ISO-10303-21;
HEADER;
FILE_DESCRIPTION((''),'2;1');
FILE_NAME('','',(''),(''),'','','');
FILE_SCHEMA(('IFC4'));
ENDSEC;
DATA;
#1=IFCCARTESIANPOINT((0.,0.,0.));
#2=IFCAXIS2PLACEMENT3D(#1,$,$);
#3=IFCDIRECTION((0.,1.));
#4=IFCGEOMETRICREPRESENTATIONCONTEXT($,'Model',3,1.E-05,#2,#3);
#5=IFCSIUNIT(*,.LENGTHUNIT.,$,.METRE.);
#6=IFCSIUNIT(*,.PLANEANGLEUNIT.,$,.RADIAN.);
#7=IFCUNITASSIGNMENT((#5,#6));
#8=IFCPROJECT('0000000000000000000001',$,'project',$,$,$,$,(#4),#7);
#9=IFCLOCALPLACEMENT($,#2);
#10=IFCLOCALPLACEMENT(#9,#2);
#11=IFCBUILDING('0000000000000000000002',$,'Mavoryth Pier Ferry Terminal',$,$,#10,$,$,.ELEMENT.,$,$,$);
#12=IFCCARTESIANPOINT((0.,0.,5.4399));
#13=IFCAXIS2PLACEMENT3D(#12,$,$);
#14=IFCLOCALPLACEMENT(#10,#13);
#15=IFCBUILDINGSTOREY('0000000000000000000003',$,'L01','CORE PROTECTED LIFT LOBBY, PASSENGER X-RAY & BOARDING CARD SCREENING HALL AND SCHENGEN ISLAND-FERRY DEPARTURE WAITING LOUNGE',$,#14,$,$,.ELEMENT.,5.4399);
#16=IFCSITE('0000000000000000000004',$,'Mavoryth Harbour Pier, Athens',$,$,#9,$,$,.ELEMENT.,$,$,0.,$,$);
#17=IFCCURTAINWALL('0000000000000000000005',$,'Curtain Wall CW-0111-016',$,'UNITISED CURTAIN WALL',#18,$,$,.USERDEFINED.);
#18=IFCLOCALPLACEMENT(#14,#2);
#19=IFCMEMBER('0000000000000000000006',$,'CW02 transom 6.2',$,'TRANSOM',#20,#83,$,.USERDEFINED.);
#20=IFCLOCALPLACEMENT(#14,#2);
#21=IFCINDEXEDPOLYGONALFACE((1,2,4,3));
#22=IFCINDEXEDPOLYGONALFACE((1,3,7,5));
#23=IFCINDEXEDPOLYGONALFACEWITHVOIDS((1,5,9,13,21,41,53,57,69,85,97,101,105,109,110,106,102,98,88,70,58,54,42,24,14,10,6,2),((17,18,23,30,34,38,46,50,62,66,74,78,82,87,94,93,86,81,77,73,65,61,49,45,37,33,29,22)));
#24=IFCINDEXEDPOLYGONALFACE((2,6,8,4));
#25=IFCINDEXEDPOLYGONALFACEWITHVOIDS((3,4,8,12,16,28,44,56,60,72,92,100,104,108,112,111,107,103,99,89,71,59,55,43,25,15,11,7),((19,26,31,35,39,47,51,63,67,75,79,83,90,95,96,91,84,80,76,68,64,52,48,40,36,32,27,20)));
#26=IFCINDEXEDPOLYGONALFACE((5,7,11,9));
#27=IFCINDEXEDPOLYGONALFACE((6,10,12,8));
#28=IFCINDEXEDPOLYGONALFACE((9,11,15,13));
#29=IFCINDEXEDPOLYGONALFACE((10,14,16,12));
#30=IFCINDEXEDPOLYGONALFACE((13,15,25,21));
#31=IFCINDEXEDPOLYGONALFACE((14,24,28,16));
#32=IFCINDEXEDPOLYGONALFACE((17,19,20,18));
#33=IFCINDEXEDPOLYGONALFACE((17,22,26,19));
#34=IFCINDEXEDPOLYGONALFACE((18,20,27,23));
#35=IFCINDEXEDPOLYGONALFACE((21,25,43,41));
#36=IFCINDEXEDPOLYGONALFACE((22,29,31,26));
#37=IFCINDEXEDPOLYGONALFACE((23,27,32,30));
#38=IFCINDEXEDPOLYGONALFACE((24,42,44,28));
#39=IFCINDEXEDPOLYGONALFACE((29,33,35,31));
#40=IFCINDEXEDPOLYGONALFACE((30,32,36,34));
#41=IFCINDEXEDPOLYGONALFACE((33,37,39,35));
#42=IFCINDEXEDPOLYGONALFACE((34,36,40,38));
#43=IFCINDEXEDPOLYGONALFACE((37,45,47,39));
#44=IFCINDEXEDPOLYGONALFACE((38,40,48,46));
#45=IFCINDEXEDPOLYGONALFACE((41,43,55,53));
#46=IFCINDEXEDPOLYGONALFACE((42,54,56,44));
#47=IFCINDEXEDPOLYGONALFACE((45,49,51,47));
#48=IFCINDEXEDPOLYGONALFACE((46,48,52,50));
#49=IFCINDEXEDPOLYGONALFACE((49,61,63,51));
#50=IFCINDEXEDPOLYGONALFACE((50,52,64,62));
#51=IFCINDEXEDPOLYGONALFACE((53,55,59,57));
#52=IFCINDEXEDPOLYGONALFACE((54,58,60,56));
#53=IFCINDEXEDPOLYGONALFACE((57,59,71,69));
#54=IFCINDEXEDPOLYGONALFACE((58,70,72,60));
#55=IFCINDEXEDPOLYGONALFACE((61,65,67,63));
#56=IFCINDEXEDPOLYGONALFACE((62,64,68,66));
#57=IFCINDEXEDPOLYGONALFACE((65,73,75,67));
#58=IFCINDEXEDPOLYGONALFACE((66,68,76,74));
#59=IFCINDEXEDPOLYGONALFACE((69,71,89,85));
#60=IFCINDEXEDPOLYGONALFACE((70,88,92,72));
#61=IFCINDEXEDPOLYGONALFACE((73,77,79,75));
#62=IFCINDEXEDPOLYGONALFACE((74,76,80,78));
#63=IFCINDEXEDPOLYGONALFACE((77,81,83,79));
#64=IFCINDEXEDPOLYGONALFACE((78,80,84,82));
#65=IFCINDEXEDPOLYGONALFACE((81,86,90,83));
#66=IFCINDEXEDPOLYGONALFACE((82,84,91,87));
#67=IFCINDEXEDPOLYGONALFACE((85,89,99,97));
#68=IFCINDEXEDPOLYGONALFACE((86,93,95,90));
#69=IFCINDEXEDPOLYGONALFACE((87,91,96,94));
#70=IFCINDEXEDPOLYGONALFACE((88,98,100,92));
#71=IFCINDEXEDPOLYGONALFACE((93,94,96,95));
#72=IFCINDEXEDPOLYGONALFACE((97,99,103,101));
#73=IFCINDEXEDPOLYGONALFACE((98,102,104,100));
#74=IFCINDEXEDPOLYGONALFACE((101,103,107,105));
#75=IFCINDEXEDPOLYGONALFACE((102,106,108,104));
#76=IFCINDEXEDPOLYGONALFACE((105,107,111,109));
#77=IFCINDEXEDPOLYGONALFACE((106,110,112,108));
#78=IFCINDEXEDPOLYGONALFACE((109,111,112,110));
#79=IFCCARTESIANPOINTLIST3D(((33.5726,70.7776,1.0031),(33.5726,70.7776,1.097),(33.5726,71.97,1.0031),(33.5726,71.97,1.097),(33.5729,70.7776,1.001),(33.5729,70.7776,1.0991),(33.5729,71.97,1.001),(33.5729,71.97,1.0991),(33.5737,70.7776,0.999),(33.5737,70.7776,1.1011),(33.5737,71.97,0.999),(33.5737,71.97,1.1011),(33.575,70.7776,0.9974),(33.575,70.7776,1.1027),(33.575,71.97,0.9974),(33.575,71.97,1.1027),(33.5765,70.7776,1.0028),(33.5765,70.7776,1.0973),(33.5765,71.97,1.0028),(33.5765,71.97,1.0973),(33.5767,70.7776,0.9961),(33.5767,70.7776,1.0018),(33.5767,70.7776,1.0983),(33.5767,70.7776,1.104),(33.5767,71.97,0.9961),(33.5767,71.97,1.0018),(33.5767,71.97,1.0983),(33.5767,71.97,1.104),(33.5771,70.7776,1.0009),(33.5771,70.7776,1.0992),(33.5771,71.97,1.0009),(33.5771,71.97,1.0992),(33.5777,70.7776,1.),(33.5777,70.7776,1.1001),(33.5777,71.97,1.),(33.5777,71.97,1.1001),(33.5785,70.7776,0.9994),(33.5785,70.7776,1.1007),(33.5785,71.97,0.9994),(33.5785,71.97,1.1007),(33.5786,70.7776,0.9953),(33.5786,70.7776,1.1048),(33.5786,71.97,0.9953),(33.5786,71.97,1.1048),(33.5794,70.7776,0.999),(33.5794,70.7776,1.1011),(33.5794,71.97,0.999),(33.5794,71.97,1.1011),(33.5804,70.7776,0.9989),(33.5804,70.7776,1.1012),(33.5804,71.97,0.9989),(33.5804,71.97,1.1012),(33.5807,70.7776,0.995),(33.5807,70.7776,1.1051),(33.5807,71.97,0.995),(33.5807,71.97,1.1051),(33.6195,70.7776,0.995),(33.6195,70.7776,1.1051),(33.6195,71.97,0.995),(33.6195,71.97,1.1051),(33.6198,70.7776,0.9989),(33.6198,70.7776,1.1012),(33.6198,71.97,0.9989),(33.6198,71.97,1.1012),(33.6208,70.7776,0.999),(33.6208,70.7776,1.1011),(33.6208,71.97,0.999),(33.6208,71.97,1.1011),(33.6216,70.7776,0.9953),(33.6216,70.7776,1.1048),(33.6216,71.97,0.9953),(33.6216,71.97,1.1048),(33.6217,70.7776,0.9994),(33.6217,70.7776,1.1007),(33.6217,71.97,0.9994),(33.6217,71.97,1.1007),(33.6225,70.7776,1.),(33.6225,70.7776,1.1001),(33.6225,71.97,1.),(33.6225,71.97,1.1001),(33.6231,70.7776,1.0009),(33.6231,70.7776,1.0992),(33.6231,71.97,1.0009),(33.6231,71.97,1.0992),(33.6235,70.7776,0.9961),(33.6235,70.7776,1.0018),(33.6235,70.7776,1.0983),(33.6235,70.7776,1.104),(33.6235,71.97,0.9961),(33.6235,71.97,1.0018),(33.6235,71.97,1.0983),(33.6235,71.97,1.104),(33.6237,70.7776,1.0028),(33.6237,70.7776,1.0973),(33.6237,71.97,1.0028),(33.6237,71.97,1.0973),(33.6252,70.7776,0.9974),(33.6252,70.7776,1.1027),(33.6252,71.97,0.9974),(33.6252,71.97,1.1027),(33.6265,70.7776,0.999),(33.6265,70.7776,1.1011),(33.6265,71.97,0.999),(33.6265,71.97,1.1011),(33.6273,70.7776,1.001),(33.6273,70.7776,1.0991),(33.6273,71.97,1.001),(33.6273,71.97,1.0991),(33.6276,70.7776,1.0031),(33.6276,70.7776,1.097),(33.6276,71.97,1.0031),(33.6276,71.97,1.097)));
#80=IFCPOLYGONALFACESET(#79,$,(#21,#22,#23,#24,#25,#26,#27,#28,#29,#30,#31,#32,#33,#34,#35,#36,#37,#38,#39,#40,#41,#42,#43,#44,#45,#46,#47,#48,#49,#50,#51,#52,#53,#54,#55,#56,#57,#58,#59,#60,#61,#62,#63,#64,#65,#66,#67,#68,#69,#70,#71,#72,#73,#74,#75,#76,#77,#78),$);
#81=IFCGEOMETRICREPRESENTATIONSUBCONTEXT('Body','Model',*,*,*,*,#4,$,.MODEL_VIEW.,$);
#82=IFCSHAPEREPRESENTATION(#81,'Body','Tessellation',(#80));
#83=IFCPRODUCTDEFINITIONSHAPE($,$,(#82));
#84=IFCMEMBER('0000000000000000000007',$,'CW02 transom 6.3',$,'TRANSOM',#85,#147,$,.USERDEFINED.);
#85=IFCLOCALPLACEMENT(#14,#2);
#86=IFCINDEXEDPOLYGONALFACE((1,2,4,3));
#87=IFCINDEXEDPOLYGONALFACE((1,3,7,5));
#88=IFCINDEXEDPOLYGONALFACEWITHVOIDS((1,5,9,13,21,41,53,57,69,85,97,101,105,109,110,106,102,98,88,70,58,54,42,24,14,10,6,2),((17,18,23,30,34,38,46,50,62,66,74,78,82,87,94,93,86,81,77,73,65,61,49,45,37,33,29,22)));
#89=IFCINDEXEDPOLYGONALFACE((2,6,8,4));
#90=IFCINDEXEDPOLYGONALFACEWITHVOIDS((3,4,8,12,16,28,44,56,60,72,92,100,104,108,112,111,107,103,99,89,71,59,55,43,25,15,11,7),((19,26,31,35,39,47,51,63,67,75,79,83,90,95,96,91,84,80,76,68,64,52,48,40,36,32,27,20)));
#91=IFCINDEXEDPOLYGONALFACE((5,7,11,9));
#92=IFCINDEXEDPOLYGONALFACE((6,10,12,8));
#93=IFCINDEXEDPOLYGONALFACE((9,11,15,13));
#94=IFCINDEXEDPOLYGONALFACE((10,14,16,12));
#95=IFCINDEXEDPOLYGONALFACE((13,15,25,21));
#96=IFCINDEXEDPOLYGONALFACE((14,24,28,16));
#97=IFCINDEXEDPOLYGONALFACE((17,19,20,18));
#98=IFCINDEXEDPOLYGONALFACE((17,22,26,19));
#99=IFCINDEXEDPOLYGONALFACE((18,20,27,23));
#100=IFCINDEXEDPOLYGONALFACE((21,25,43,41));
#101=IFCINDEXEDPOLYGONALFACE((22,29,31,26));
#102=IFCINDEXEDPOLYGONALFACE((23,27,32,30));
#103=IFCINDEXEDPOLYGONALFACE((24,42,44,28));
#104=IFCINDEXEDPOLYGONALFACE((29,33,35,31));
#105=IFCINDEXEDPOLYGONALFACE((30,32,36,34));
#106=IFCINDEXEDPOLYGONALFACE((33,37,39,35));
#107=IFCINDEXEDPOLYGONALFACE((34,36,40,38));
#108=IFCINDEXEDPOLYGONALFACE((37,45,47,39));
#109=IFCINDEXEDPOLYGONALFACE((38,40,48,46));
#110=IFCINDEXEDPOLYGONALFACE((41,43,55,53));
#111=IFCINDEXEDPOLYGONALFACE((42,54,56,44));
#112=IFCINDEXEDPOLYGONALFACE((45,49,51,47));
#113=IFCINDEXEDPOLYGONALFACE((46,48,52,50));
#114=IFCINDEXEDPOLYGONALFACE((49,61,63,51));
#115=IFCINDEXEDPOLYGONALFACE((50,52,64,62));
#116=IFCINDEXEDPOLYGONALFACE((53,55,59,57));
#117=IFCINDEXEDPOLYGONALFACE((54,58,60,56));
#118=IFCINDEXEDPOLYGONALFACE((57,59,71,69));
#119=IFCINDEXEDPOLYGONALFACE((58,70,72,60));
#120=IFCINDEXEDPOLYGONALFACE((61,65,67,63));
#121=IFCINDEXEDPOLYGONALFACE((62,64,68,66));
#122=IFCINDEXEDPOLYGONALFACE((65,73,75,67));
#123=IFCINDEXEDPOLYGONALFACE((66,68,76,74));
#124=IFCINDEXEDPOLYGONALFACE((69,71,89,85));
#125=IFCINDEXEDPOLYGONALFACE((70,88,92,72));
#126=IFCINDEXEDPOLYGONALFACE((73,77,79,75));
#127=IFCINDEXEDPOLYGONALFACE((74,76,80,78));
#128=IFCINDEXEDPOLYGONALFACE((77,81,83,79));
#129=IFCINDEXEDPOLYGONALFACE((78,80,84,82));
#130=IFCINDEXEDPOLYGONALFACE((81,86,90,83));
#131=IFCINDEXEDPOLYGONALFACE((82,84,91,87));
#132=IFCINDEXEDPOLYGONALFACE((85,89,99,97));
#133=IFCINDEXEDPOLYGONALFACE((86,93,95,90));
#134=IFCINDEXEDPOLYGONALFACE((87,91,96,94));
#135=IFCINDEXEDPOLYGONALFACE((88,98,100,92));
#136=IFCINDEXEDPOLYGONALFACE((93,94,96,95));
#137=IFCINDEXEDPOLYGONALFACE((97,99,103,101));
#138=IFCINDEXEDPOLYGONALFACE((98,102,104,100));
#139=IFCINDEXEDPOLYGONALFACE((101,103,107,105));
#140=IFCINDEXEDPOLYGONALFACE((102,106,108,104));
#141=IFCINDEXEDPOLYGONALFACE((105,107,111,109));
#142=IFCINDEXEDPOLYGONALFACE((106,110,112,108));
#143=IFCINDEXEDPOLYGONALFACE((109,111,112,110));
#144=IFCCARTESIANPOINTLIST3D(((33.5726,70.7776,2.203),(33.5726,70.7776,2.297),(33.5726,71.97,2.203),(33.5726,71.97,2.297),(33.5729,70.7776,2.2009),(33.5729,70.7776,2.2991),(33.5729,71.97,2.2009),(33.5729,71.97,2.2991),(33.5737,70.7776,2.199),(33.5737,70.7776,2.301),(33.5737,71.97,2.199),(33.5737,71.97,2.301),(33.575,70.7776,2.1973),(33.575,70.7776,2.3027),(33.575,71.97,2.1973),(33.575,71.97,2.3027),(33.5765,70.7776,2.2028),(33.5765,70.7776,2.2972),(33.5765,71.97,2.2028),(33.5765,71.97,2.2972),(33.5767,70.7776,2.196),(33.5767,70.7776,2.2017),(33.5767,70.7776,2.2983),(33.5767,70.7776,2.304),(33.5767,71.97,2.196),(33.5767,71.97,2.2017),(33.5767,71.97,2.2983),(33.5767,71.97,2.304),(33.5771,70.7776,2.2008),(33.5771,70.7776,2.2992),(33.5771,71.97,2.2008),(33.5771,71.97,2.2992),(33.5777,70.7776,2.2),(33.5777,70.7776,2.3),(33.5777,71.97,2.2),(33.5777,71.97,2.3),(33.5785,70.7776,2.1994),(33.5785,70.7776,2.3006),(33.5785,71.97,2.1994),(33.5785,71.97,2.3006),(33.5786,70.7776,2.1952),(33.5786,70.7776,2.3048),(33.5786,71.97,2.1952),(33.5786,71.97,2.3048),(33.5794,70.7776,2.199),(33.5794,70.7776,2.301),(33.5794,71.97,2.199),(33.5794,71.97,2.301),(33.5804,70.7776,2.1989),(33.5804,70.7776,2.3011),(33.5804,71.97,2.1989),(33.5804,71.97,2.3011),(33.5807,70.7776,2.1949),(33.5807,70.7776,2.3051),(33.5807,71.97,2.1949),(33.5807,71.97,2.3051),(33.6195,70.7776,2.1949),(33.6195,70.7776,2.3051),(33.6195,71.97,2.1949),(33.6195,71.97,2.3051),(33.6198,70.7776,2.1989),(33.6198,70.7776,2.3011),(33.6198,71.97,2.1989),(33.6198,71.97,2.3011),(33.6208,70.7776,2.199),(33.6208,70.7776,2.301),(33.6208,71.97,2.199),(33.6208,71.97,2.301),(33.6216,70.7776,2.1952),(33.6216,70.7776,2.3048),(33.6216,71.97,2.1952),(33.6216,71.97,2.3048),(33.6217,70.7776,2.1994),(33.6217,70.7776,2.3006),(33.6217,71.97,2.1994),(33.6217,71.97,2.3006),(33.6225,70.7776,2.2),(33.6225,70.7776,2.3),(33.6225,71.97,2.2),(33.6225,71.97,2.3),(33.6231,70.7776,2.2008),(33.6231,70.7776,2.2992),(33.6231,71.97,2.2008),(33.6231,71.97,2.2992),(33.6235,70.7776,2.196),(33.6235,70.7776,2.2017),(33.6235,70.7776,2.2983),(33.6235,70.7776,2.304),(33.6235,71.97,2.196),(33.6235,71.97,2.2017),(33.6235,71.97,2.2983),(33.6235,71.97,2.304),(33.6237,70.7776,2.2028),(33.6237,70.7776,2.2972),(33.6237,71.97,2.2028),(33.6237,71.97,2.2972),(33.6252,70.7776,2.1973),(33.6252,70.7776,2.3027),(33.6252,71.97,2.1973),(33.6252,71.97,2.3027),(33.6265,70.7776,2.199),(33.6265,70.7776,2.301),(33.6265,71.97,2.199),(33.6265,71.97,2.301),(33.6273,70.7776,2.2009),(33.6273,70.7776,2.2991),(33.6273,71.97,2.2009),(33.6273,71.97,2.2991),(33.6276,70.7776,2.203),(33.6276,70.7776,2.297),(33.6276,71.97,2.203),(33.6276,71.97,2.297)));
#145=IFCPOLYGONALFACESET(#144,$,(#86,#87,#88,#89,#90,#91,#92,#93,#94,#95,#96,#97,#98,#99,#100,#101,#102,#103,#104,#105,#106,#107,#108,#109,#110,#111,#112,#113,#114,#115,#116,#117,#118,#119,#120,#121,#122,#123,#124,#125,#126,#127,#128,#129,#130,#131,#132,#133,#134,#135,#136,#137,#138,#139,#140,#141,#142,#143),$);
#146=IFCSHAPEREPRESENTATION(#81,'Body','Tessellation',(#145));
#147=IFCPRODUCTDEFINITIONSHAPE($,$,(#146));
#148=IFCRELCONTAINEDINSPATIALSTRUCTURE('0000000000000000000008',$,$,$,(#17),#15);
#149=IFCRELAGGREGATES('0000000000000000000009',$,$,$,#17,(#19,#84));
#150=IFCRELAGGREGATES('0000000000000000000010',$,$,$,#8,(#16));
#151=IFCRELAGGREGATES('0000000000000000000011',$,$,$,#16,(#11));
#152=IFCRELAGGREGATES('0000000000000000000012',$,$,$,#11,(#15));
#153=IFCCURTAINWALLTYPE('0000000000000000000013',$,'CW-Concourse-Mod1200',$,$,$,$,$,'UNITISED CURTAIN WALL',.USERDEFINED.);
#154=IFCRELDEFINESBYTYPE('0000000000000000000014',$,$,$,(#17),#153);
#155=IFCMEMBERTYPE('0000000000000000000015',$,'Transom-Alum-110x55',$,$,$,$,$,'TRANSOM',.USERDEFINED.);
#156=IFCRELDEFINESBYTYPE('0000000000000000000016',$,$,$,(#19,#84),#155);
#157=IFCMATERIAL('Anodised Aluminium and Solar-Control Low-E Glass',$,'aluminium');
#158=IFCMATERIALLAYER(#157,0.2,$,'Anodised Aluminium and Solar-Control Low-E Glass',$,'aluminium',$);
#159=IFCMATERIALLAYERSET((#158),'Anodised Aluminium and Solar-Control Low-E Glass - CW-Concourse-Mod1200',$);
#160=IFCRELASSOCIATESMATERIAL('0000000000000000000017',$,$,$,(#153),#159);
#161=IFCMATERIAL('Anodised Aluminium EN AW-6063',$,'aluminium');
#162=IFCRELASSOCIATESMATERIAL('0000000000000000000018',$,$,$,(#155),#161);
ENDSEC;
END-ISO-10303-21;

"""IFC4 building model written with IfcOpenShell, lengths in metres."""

from ifc_helpers import new_model, si_unit, direction, frame, origin, origin_2d, place, context, subcontext, project, spatial, hollow_rectangle, extrude, material, layer, layer_set, material_profile, profile_set, type_object, element, aggregate, save


model = new_model("IFC4")

# Units and contexts
model_context = context("Model", 3, precision=1e-05, world=origin(), true_north=direction((0.0, 1.0)))
body_context = subcontext(model_context, "Body", "Model", "MODEL_VIEW")
ifc_project = project(units=[si_unit("LENGTHUNIT", "METRE"), si_unit("PLANEANGLEUNIT", "RADIAN")], contexts=[model_context])

# Site, building, storey
site_placement = place(None, origin())
site = spatial("IfcSite", under=ifc_project, at=site_placement, Name="Mavoryth Harbour Pier, Athens", CompositionType="ELEMENT", RefElevation=0.0)
building_placement = place(site_placement, origin())
building = spatial("IfcBuilding", under=site, at=building_placement, Name="Mavoryth Pier Ferry Terminal", CompositionType="ELEMENT")
storey_placement = place(building_placement, frame((0.0, 0.0, 5.4399)))
storey = spatial("IfcBuildingStorey", under=building, at=storey_placement, Name="L01", Description="CORE PROTECTED LIFT LOBBY, PASSENGER X-RAY & BOARDING CARD SCREENING HALL AND SCHENGEN ISLAND-FERRY DEPARTURE WAITING LOUNGE", CompositionType="ELEMENT", Elevation=5.4399)

# Curtain wall
ifc_material_1 = material(Name="Anodised Aluminium and Solar-Control Low-E Glass", Category="aluminium")
ifc_layer_1 = layer(ifc_material_1, 0.2, Name="Anodised Aluminium and Solar-Control Low-E Glass", Category="aluminium")
ifc_layer_set_1 = layer_set([ifc_layer_1], Name="Anodised Aluminium and Solar-Control Low-E Glass - CW-Concourse-Mod1200")
curtain_wall_type = type_object("IfcCurtainWallType", Name="CW-Concourse-Mod1200", ElementType="UNITISED CURTAIN WALL", PredefinedType="USERDEFINED", material=ifc_layer_set_1)
curtain_wall_1_placement = place(storey_placement, origin())
curtain_wall_1 = element("IfcCurtainWall", 1, at=curtain_wall_1_placement, inside=storey, type_object=curtain_wall_type, Name="Curtain Wall CW-0111-016", ObjectType="UNITISED CURTAIN WALL", PredefinedType="USERDEFINED")
ifc_material_2 = material(Name="Anodised Aluminium EN AW-6063", Category="aluminium")

# Members
ifc_material_profile_1 = material_profile(ifc_material_2, hollow_rectangle(XDim=0.0549, YDim=0.1101, WallThickness=0.0039, InnerFilletRadius=0.0039, OuterFilletRadius=0.0081, at=origin_2d()), Name="AL-TRAN 110x55x4", Category="aluminium")
ifc_profile_set_1 = profile_set([ifc_material_profile_1], Name="Anodised Aluminium EN AW-6063 - AL-TRAN 110x55x4")
member_type_1 = type_object("IfcMemberType", Name="Transom-Alum-110x55", ElementType="TRANSOM", PredefinedType="USERDEFINED", material=ifc_profile_set_1)
member_1_placement = place(storey_placement, frame((33.6001, 70.7776, 1.05), z_axis=(0.0, 1.0, 0.0), x_axis=(-1.0, 0.0, 0.0)))
member_1 = element("IfcMember", 2, at=member_1_placement, type_object=member_type_1, Name="CW02 transom 6.2", ObjectType="TRANSOM", PredefinedType="USERDEFINED", context=body_context, shape_type="SweptSolid", body=[
    extrude(hollow_rectangle(XDim=0.0549, YDim=0.1101, WallThickness=0.0039, InnerFilletRadius=0.0039, OuterFilletRadius=0.0081, at=origin_2d()), origin(), (0.0, 0.0, 1.0), 1.1924),
])
member_2_placement = place(storey_placement, frame((33.6001, 70.7776, 2.25), z_axis=(0.0, 1.0, 0.0), x_axis=(-1.0, 0.0, 0.0)))
member_2 = element("IfcMember", 3, at=member_2_placement, type_object=member_type_1, Name="CW02 transom 6.3", ObjectType="TRANSOM", PredefinedType="USERDEFINED", context=body_context, shape_type="SweptSolid", body=[
    extrude(hollow_rectangle(XDim=0.0549, YDim=0.1101, WallThickness=0.0039, InnerFilletRadius=0.0039, OuterFilletRadius=0.0081, at=origin_2d()), origin(), (0.0, 0.0, 1.0), 1.1924),
])

aggregate(curtain_wall_1, [member_1, member_2])

save(model, "model.ifc")
